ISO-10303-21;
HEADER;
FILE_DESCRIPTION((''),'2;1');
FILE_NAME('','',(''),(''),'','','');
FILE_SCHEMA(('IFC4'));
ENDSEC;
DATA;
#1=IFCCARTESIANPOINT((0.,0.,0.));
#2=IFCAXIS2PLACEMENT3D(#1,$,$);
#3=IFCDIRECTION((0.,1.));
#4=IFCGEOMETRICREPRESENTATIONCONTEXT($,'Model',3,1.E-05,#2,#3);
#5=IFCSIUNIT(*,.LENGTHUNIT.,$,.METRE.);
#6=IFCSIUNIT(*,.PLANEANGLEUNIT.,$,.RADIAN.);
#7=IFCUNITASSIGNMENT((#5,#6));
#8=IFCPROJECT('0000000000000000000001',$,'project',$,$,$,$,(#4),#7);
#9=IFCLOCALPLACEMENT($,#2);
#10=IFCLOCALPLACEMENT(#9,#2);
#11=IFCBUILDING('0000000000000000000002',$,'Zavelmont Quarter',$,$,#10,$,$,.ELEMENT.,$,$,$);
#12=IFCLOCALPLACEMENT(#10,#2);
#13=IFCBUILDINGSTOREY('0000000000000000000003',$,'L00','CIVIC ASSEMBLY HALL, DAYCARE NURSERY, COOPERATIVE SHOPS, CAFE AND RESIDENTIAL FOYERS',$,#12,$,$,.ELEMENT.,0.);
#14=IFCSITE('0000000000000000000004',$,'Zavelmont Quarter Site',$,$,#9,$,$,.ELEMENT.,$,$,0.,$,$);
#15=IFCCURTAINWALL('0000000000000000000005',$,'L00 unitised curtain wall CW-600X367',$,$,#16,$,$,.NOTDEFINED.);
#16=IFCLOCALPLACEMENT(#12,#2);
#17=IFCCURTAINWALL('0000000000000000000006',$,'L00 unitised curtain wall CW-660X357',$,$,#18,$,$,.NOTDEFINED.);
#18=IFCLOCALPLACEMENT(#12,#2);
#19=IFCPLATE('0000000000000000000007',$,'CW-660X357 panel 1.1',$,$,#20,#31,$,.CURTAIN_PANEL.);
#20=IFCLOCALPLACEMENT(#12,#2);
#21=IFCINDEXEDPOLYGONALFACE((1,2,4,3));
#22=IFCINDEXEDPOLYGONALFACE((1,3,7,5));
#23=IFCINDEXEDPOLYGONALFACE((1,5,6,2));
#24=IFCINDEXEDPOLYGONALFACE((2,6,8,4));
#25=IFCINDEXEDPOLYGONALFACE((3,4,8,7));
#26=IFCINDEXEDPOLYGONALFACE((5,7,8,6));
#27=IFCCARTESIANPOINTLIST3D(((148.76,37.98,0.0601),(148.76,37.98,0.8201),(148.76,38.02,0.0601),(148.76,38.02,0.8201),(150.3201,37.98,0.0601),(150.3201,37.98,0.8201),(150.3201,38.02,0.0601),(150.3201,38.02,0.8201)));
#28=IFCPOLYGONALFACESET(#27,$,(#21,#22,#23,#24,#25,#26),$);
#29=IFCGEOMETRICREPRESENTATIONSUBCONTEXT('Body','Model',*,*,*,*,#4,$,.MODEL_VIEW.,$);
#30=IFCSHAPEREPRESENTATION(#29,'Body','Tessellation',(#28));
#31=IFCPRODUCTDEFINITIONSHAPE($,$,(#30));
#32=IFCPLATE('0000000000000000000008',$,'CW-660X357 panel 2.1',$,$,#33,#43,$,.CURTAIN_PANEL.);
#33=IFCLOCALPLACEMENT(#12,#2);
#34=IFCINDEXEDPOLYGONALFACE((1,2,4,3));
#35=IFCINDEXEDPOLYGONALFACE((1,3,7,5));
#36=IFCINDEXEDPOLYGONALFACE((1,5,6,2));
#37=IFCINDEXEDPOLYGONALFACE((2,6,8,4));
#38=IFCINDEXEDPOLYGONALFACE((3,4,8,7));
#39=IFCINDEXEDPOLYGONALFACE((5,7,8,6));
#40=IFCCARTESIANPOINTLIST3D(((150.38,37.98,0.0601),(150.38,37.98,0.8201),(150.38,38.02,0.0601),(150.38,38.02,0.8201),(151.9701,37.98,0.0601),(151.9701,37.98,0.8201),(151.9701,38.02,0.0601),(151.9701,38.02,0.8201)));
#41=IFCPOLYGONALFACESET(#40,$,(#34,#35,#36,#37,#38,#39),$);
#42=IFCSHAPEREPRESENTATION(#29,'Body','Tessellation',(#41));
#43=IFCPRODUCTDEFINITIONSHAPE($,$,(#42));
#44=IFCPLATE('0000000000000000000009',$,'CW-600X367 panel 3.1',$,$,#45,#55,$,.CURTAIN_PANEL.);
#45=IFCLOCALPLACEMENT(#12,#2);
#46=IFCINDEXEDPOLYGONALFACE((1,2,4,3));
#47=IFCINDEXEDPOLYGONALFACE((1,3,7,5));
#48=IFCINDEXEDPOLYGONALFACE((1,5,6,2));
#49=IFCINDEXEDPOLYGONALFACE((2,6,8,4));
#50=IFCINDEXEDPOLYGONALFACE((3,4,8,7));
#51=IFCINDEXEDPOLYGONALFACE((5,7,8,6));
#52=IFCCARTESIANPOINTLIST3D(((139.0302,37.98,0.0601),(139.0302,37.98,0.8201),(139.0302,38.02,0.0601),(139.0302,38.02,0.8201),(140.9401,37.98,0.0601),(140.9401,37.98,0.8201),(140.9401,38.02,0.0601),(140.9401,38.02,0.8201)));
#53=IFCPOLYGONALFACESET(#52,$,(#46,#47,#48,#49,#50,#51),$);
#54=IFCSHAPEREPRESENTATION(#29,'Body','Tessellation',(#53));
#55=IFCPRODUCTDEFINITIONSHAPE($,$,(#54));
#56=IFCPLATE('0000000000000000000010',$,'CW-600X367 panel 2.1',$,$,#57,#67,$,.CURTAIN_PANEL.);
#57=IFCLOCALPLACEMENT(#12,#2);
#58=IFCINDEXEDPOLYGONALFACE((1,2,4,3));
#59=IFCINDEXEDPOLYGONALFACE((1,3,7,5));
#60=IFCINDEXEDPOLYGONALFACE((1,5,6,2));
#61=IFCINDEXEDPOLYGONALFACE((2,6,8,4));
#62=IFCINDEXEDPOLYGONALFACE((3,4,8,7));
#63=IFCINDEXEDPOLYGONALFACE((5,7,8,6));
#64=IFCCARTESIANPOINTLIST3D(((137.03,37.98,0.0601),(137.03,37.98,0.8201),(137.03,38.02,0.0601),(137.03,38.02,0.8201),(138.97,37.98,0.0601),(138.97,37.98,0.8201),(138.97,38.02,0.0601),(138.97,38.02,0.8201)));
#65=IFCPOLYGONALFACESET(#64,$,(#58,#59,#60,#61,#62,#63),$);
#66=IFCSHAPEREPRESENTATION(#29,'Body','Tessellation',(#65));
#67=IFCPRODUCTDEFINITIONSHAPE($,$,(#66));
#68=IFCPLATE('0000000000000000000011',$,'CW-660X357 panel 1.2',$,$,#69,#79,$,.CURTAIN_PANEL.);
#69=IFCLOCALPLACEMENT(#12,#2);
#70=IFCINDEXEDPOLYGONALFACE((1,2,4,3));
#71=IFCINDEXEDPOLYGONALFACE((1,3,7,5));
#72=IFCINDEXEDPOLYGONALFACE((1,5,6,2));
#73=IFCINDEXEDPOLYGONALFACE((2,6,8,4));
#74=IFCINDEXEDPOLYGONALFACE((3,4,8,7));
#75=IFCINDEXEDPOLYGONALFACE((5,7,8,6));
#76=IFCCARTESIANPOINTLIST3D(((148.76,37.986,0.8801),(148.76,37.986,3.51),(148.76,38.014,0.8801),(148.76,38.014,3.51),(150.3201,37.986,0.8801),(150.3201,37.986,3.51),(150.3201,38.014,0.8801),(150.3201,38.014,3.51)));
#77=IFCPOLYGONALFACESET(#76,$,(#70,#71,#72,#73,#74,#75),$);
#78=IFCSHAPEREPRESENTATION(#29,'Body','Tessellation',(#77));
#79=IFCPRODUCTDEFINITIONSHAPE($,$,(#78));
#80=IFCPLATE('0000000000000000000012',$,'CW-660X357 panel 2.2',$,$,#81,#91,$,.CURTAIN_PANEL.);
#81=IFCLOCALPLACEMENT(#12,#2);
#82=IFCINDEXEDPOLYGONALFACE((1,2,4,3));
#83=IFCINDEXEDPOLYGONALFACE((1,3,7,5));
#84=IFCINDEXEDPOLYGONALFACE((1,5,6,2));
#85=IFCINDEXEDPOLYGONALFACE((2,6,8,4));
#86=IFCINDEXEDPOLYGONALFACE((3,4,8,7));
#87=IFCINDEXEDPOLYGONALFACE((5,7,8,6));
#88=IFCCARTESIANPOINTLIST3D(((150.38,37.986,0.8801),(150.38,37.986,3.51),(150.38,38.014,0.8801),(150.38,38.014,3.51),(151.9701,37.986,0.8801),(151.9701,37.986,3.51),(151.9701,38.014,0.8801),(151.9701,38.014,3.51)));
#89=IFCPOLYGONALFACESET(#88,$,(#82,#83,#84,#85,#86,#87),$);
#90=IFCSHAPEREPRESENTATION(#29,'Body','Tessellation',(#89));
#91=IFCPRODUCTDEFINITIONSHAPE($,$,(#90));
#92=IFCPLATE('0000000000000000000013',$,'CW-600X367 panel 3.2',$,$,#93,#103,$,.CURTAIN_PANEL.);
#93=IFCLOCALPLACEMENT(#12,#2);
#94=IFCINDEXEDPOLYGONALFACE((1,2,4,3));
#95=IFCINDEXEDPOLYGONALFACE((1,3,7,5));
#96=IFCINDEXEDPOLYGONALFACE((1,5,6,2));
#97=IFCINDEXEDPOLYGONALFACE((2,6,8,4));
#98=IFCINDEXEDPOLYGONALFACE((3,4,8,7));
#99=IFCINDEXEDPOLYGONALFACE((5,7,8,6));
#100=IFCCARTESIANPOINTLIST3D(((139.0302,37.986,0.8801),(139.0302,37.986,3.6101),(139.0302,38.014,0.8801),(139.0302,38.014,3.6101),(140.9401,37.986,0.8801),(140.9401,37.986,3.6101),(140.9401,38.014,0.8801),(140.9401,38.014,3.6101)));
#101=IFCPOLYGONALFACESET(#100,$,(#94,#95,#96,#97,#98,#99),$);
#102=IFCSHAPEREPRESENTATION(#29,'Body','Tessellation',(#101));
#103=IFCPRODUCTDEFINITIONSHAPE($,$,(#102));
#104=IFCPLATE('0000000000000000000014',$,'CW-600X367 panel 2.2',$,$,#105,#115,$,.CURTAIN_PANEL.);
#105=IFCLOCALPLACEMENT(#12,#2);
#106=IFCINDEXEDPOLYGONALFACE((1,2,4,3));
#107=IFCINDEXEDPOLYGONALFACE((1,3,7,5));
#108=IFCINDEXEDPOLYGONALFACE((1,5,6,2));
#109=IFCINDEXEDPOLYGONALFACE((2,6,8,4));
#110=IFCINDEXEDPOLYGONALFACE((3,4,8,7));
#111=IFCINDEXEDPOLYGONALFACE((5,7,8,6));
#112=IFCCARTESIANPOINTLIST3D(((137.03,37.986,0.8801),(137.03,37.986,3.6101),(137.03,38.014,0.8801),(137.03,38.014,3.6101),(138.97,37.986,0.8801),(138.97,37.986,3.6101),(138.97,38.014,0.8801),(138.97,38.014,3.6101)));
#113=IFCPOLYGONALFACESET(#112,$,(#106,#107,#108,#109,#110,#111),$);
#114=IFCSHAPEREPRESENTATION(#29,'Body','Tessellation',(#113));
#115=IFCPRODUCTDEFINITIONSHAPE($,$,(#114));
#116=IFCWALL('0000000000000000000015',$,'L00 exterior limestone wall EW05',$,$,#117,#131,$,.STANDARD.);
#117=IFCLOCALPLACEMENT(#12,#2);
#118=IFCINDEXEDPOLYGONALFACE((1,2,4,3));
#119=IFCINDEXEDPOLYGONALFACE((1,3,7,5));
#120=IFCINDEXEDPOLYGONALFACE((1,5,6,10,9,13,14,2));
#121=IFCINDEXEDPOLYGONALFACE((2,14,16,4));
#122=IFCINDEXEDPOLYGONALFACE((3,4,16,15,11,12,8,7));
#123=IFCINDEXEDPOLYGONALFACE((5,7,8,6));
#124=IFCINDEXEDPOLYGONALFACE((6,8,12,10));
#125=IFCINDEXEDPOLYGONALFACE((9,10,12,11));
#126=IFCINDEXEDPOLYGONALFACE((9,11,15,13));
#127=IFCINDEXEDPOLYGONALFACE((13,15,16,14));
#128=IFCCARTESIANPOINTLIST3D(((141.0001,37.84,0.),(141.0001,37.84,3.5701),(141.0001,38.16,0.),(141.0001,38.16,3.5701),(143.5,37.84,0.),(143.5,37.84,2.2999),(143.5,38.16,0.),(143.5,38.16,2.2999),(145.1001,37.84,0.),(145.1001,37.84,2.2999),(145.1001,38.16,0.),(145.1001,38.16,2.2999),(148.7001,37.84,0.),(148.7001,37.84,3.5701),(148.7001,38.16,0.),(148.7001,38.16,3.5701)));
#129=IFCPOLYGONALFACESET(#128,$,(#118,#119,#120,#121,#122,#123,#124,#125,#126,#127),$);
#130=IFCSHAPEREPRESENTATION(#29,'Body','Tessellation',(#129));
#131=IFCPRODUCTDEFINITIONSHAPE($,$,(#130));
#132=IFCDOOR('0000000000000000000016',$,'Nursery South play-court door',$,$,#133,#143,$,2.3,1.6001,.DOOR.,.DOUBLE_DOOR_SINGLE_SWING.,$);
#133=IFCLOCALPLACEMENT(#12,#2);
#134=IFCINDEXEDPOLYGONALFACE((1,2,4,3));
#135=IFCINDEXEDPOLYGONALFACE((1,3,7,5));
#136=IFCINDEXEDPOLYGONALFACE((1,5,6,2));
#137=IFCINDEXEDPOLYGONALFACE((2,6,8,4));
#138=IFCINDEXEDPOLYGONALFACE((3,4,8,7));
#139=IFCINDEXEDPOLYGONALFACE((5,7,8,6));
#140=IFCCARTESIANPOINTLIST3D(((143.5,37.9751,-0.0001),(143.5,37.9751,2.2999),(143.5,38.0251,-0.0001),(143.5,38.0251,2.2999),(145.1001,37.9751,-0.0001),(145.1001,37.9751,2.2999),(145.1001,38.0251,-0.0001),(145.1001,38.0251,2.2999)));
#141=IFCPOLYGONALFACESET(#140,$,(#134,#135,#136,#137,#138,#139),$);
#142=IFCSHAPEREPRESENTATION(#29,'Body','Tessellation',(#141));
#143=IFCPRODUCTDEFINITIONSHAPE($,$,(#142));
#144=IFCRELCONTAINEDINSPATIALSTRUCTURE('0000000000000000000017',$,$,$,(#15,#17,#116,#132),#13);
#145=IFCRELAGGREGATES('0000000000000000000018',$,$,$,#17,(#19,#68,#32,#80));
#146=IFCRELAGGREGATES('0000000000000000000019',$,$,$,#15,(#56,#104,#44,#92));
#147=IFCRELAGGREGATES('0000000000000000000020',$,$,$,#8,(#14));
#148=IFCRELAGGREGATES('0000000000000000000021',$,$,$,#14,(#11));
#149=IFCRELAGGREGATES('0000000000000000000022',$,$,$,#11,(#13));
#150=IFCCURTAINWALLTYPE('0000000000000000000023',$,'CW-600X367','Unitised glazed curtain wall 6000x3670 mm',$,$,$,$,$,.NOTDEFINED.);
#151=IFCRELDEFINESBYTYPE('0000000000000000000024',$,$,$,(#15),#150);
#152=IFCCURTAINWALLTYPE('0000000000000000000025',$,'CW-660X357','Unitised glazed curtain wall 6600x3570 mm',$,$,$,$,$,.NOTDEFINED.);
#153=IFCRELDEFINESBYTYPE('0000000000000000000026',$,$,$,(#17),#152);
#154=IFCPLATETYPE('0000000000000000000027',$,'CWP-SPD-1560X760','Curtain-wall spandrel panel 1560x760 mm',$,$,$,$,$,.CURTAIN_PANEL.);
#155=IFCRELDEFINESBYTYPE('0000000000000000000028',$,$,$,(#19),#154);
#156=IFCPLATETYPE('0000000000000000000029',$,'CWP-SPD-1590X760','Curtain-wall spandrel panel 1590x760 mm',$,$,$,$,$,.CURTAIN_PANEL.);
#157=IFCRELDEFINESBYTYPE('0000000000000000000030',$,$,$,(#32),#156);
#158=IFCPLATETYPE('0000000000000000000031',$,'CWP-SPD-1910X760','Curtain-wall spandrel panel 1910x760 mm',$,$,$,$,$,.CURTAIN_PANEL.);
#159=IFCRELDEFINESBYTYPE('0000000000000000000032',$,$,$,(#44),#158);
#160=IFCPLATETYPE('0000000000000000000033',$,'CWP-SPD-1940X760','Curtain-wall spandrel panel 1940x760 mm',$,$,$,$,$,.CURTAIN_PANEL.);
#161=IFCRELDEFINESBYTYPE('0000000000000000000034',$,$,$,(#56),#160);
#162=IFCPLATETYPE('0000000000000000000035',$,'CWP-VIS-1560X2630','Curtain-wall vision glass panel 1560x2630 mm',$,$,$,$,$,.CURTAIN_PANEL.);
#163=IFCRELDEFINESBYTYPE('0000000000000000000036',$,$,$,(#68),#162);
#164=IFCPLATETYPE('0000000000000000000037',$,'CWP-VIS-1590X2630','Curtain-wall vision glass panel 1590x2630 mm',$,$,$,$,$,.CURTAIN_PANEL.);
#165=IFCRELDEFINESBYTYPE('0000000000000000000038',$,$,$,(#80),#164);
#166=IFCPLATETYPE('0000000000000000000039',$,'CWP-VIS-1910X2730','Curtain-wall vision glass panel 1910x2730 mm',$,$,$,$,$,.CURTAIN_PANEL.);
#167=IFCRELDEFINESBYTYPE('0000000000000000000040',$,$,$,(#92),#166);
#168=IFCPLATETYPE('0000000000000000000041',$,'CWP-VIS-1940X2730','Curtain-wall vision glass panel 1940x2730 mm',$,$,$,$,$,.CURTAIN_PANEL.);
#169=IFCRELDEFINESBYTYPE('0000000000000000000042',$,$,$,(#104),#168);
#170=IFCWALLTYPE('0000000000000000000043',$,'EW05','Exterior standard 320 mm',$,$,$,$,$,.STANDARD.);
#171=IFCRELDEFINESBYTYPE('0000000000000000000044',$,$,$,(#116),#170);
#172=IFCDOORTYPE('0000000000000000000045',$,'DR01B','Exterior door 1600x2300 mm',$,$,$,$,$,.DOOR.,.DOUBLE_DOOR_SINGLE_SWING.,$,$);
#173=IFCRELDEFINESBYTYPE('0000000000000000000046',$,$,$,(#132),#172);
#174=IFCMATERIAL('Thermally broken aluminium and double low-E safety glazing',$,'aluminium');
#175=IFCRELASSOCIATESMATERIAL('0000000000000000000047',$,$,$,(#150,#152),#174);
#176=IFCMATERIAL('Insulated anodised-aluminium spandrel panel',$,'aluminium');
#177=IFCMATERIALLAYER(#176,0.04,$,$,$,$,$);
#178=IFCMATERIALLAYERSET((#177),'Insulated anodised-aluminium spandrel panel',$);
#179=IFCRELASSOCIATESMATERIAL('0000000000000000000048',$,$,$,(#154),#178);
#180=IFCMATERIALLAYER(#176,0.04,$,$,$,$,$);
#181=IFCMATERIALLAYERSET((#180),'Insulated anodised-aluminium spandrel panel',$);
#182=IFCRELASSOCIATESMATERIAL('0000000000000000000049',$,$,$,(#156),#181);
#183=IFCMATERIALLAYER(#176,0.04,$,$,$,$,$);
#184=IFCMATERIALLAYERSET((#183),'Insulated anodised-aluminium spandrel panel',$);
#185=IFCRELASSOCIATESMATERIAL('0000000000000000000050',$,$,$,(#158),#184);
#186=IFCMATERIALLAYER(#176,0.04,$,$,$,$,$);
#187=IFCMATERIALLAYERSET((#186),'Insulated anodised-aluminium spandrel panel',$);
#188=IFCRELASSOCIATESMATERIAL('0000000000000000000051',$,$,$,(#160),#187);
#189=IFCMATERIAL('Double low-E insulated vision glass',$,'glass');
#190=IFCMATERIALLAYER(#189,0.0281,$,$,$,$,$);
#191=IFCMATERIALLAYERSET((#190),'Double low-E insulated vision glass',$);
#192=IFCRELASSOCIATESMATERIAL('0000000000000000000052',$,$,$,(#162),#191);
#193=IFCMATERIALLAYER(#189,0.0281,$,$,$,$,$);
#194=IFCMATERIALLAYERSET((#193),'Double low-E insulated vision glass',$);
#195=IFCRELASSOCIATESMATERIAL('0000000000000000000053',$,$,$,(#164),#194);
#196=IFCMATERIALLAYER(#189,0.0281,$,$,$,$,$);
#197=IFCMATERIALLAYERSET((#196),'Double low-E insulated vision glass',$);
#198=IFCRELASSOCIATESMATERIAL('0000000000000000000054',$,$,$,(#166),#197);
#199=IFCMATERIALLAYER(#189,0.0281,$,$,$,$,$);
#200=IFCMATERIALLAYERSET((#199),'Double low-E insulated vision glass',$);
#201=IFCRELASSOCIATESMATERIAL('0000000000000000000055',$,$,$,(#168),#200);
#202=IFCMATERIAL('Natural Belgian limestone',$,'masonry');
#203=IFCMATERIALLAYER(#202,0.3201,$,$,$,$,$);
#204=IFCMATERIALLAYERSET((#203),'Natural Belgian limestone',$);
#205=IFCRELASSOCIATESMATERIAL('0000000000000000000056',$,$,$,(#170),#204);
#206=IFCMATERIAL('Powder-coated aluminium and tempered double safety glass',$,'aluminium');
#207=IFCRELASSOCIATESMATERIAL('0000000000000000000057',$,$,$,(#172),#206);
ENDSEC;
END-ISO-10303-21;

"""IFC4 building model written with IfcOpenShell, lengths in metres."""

from ifc_helpers import new_model, si_unit, direction, frame, frame_2d, origin, origin_2d, place, context, subcontext, project, spatial, rectangle, extrude, material, layer, layer_set, type_object, element, fill, aggregate, save


model = new_model("IFC4")

# Units and contexts
model_context = context("Model", 3, precision=1e-05, world=origin(), true_north=direction((0.0, 1.0)))
body_context = subcontext(model_context, "Body", "Model", "MODEL_VIEW")
ifc_project = project(units=[si_unit("LENGTHUNIT", "METRE"), si_unit("PLANEANGLEUNIT", "RADIAN")], contexts=[model_context])

# Site, building, storey
site_placement = place(None, origin())
site = spatial("IfcSite", under=ifc_project, at=site_placement, Name="Zavelmont Quarter Site", CompositionType="ELEMENT", RefElevation=0.0)
building_placement = place(site_placement, origin())
building = spatial("IfcBuilding", under=site, at=building_placement, Name="Zavelmont Quarter", CompositionType="ELEMENT")
storey_placement = place(building_placement, origin())
storey = spatial("IfcBuildingStorey", under=building, at=storey_placement, Name="L00", Description="CIVIC ASSEMBLY HALL, DAYCARE NURSERY, COOPERATIVE SHOPS, CAFE AND RESIDENTIAL FOYERS", CompositionType="ELEMENT", Elevation=0.0)

# Curtain walls
ifc_material_1 = material(Name="Thermally broken aluminium and double low-E safety glazing", Category="aluminium")
curtain_wall_type_1 = type_object("IfcCurtainWallType", Name="CW-600X367", Description="Unitised glazed curtain wall 6000x3670 mm", PredefinedType="NOTDEFINED", material=ifc_material_1)
curtain_wall_1_placement = place(storey_placement, origin())
curtain_wall_1 = element("IfcCurtainWall", 1, at=curtain_wall_1_placement, inside=storey, type_object=curtain_wall_type_1, Name="L00 unitised curtain wall CW-600X367", PredefinedType="NOTDEFINED")
curtain_wall_type_2 = type_object("IfcCurtainWallType", Name="CW-660X357", Description="Unitised glazed curtain wall 6600x3570 mm", PredefinedType="NOTDEFINED", material=ifc_material_1)
curtain_wall_2_placement = place(storey_placement, origin())
curtain_wall_2 = element("IfcCurtainWall", 2, at=curtain_wall_2_placement, inside=storey, type_object=curtain_wall_type_2, Name="L00 unitised curtain wall CW-660X357", PredefinedType="NOTDEFINED")

# Plates
ifc_material_2 = material(Name="Insulated anodised-aluminium spandrel panel", Category="aluminium")
ifc_layer_1 = layer(ifc_material_2, 0.04)
ifc_layer_set_1 = layer_set([ifc_layer_1], Name="Insulated anodised-aluminium spandrel panel")
plate_type_1 = type_object("IfcPlateType", Name="CWP-SPD-1560X760", Description="Curtain-wall spandrel panel 1560x760 mm", PredefinedType="CURTAIN_PANEL", material=ifc_layer_set_1)
plate_1_placement = place(storey_placement, frame((149.54, 38.0, 0.0601), z_axis=(0.0, 0.0, 1.0), x_axis=(1.0, 0.0, 0.0)))
plate_1 = element("IfcPlate", 3, at=plate_1_placement, type_object=plate_type_1, Name="CW-660X357 panel 1.1", PredefinedType="CURTAIN_PANEL", context=body_context, shape_type="SweptSolid", body=[
    extrude(rectangle(XDim=1.5601, YDim=0.04, at=origin_2d()), origin(), (0.0, 0.0, 1.0), 0.76),
])
ifc_layer_2 = layer(ifc_material_2, 0.04)
ifc_layer_set_2 = layer_set([ifc_layer_2], Name="Insulated anodised-aluminium spandrel panel")
plate_type_2 = type_object("IfcPlateType", Name="CWP-SPD-1590X760", Description="Curtain-wall spandrel panel 1590x760 mm", PredefinedType="CURTAIN_PANEL", material=ifc_layer_set_2)
plate_2_placement = place(storey_placement, frame((151.175, 38.0, 0.0601), z_axis=(0.0, 0.0, 1.0), x_axis=(1.0, 0.0, 0.0)))
plate_2 = element("IfcPlate", 4, at=plate_2_placement, type_object=plate_type_2, Name="CW-660X357 panel 2.1", PredefinedType="CURTAIN_PANEL", context=body_context, shape_type="SweptSolid", body=[
    extrude(rectangle(XDim=1.5901, YDim=0.04, at=origin_2d()), origin(), (0.0, 0.0, 1.0), 0.76),
])
ifc_layer_3 = layer(ifc_material_2, 0.04)
ifc_layer_set_3 = layer_set([ifc_layer_3], Name="Insulated anodised-aluminium spandrel panel")
plate_type_3 = type_object("IfcPlateType", Name="CWP-SPD-1910X760", Description="Curtain-wall spandrel panel 1910x760 mm", PredefinedType="CURTAIN_PANEL", material=ifc_layer_set_3)
plate_3_placement = place(storey_placement, frame((139.9851, 38.0, 0.0601), z_axis=(0.0, 0.0, 1.0), x_axis=(1.0, 0.0, 0.0)))
plate_3 = element("IfcPlate", 5, at=plate_3_placement, type_object=plate_type_3, Name="CW-600X367 panel 3.1", PredefinedType="CURTAIN_PANEL", context=body_context, shape_type="SweptSolid", body=[
    extrude(rectangle(XDim=1.9099, YDim=0.04, at=origin_2d()), origin(), (0.0, 0.0, 1.0), 0.76),
])
ifc_layer_4 = layer(ifc_material_2, 0.04)
ifc_layer_set_4 = layer_set([ifc_layer_4], Name="Insulated anodised-aluminium spandrel panel")
plate_type_4 = type_object("IfcPlateType", Name="CWP-SPD-1940X760", Description="Curtain-wall spandrel panel 1940x760 mm", PredefinedType="CURTAIN_PANEL", material=ifc_layer_set_4)
plate_4_placement = place(storey_placement, frame((138.0, 38.0, 0.0601), z_axis=(0.0, 0.0, 1.0), x_axis=(1.0, 0.0, 0.0)))
plate_4 = element("IfcPlate", 6, at=plate_4_placement, type_object=plate_type_4, Name="CW-600X367 panel 2.1", PredefinedType="CURTAIN_PANEL", context=body_context, shape_type="SweptSolid", body=[
    extrude(rectangle(XDim=1.9399, YDim=0.04, at=origin_2d()), origin(), (0.0, 0.0, 1.0), 0.76),
])
ifc_material_3 = material(Name="Double low-E insulated vision glass", Category="glass")
ifc_layer_5 = layer(ifc_material_3, 0.0281)
ifc_layer_set_5 = layer_set([ifc_layer_5], Name="Double low-E insulated vision glass")
plate_type_5 = type_object("IfcPlateType", Name="CWP-VIS-1560X2630", Description="Curtain-wall vision glass panel 1560x2630 mm", PredefinedType="CURTAIN_PANEL", material=ifc_layer_set_5)
plate_5_placement = place(storey_placement, frame((149.54, 38.0, 0.8801), z_axis=(0.0, 0.0, 1.0), x_axis=(1.0, 0.0, 0.0)))
plate_5 = element("IfcPlate", 7, at=plate_5_placement, type_object=plate_type_5, Name="CW-660X357 panel 1.2", PredefinedType="CURTAIN_PANEL", context=body_context, shape_type="SweptSolid", body=[
    extrude(rectangle(XDim=1.5601, YDim=0.0281, at=origin_2d()), origin(), (0.0, 0.0, 1.0), 2.6299),
])
ifc_layer_6 = layer(ifc_material_3, 0.0281)
ifc_layer_set_6 = layer_set([ifc_layer_6], Name="Double low-E insulated vision glass")
plate_type_6 = type_object("IfcPlateType", Name="CWP-VIS-1590X2630", Description="Curtain-wall vision glass panel 1590x2630 mm", PredefinedType="CURTAIN_PANEL", material=ifc_layer_set_6)
plate_6_placement = place(storey_placement, frame((151.175, 38.0, 0.8801), z_axis=(0.0, 0.0, 1.0), x_axis=(1.0, 0.0, 0.0)))
plate_6 = element("IfcPlate", 8, at=plate_6_placement, type_object=plate_type_6, Name="CW-660X357 panel 2.2", PredefinedType="CURTAIN_PANEL", context=body_context, shape_type="SweptSolid", body=[
    extrude(rectangle(XDim=1.5901, YDim=0.0281, at=origin_2d()), origin(), (0.0, 0.0, 1.0), 2.6299),
])
aggregate(curtain_wall_2, [plate_1, plate_5, plate_2, plate_6])
ifc_layer_7 = layer(ifc_material_3, 0.0281)
ifc_layer_set_7 = layer_set([ifc_layer_7], Name="Double low-E insulated vision glass")
plate_type_7 = type_object("IfcPlateType", Name="CWP-VIS-1910X2730", Description="Curtain-wall vision glass panel 1910x2730 mm", PredefinedType="CURTAIN_PANEL", material=ifc_layer_set_7)
plate_7_placement = place(storey_placement, frame((139.9851, 38.0, 0.8801), z_axis=(0.0, 0.0, 1.0), x_axis=(1.0, 0.0, 0.0)))
plate_7 = element("IfcPlate", 9, at=plate_7_placement, type_object=plate_type_7, Name="CW-600X367 panel 3.2", PredefinedType="CURTAIN_PANEL", context=body_context, shape_type="SweptSolid", body=[
    extrude(rectangle(XDim=1.9099, YDim=0.0281, at=origin_2d()), origin(), (0.0, 0.0, 1.0), 2.73),
])
ifc_layer_8 = layer(ifc_material_3, 0.0281)
ifc_layer_set_8 = layer_set([ifc_layer_8], Name="Double low-E insulated vision glass")
plate_type_8 = type_object("IfcPlateType", Name="CWP-VIS-1940X2730", Description="Curtain-wall vision glass panel 1940x2730 mm", PredefinedType="CURTAIN_PANEL", material=ifc_layer_set_8)
plate_8_placement = place(storey_placement, frame((138.0, 38.0, 0.8801), z_axis=(0.0, 0.0, 1.0), x_axis=(1.0, 0.0, 0.0)))
plate_8 = element("IfcPlate", 10, at=plate_8_placement, type_object=plate_type_8, Name="CW-600X367 panel 2.2", PredefinedType="CURTAIN_PANEL", context=body_context, shape_type="SweptSolid", body=[
    extrude(rectangle(XDim=1.9399, YDim=0.0281, at=origin_2d()), origin(), (0.0, 0.0, 1.0), 2.73),
])
aggregate(curtain_wall_1, [plate_4, plate_8, plate_3, plate_7])

# Wall, opening, door
ifc_material_4 = material(Name="Natural Belgian limestone", Category="masonry")
ifc_layer_9 = layer(ifc_material_4, 0.3201)
ifc_layer_set_9 = layer_set([ifc_layer_9], Name="Natural Belgian limestone")
wall_type = type_object("IfcWallType", Name="EW05", Description="Exterior standard 320 mm", PredefinedType="STANDARD", material=ifc_layer_set_9)
wall_placement = place(storey_placement, frame((141.0, 38.0, 0.0), z_axis=(0.0, 0.0, 1.0), x_axis=(1.0, 0.0, 0.0)))
wall = element("IfcWall", 11, at=wall_placement, inside=storey, type_object=wall_type, Name="L00 exterior limestone wall EW05", PredefinedType="STANDARD", context=body_context, shape_type="SweptSolid", body=[
    extrude(rectangle(XDim=7.7, YDim=0.3201, at=frame_2d((3.8501, 0.0))), origin(), (0.0, 0.0, 1.0), 3.5701),
])
opening_placement = place(wall_placement, frame((2.5, 0.0, 0.0)))
opening = element("IfcOpeningElement", 12, at=opening_placement, cuts=wall, PredefinedType="OPENING", context=body_context, shape_type="SweptSolid", body=[
    extrude(rectangle(XDim=1.6001, YDim=2.3, at=frame_2d((0.8, 1.1499))), frame((0.0, 0.1719, 0.0), z_axis=(0.0, -1.0, 0.0), x_axis=(1.0, 0.0, 0.0)), (0.0, 0.0, 1.0), 0.344),
])
ifc_material_5 = material(Name="Powder-coated aluminium and tempered double safety glass", Category="aluminium")
door_type = type_object("IfcDoorType", Name="DR01B", Description="Exterior door 1600x2300 mm", OperationType="DOUBLE_DOOR_SINGLE_SWING", PredefinedType="DOOR", material=ifc_material_5)
door_placement = place(opening_placement, frame((1.6001, 0.0, 0.0), z_axis=(0.0, 0.0, 1.0), x_axis=(-1.0, 0.0, 0.0)))
door = element("IfcDoor", 13, at=door_placement, inside=storey, type_object=door_type, Name="Nursery South play-court door", OperationType="DOUBLE_DOOR_SINGLE_SWING", OverallHeight=2.3, OverallWidth=1.6001, PredefinedType="DOOR", context=body_context, shape_type="SweptSolid", body=[
    extrude(rectangle(XDim=1.6001, YDim=2.3, at=frame_2d((0.8, 1.1499))), frame((0.0, 0.0249, 0.0), z_axis=(0.0, -1.0, 0.0), x_axis=(1.0, 0.0, 0.0)), (0.0, 0.0, 1.0), 0.05),
])
fill(opening, door)

save(model, "model.ifc")
